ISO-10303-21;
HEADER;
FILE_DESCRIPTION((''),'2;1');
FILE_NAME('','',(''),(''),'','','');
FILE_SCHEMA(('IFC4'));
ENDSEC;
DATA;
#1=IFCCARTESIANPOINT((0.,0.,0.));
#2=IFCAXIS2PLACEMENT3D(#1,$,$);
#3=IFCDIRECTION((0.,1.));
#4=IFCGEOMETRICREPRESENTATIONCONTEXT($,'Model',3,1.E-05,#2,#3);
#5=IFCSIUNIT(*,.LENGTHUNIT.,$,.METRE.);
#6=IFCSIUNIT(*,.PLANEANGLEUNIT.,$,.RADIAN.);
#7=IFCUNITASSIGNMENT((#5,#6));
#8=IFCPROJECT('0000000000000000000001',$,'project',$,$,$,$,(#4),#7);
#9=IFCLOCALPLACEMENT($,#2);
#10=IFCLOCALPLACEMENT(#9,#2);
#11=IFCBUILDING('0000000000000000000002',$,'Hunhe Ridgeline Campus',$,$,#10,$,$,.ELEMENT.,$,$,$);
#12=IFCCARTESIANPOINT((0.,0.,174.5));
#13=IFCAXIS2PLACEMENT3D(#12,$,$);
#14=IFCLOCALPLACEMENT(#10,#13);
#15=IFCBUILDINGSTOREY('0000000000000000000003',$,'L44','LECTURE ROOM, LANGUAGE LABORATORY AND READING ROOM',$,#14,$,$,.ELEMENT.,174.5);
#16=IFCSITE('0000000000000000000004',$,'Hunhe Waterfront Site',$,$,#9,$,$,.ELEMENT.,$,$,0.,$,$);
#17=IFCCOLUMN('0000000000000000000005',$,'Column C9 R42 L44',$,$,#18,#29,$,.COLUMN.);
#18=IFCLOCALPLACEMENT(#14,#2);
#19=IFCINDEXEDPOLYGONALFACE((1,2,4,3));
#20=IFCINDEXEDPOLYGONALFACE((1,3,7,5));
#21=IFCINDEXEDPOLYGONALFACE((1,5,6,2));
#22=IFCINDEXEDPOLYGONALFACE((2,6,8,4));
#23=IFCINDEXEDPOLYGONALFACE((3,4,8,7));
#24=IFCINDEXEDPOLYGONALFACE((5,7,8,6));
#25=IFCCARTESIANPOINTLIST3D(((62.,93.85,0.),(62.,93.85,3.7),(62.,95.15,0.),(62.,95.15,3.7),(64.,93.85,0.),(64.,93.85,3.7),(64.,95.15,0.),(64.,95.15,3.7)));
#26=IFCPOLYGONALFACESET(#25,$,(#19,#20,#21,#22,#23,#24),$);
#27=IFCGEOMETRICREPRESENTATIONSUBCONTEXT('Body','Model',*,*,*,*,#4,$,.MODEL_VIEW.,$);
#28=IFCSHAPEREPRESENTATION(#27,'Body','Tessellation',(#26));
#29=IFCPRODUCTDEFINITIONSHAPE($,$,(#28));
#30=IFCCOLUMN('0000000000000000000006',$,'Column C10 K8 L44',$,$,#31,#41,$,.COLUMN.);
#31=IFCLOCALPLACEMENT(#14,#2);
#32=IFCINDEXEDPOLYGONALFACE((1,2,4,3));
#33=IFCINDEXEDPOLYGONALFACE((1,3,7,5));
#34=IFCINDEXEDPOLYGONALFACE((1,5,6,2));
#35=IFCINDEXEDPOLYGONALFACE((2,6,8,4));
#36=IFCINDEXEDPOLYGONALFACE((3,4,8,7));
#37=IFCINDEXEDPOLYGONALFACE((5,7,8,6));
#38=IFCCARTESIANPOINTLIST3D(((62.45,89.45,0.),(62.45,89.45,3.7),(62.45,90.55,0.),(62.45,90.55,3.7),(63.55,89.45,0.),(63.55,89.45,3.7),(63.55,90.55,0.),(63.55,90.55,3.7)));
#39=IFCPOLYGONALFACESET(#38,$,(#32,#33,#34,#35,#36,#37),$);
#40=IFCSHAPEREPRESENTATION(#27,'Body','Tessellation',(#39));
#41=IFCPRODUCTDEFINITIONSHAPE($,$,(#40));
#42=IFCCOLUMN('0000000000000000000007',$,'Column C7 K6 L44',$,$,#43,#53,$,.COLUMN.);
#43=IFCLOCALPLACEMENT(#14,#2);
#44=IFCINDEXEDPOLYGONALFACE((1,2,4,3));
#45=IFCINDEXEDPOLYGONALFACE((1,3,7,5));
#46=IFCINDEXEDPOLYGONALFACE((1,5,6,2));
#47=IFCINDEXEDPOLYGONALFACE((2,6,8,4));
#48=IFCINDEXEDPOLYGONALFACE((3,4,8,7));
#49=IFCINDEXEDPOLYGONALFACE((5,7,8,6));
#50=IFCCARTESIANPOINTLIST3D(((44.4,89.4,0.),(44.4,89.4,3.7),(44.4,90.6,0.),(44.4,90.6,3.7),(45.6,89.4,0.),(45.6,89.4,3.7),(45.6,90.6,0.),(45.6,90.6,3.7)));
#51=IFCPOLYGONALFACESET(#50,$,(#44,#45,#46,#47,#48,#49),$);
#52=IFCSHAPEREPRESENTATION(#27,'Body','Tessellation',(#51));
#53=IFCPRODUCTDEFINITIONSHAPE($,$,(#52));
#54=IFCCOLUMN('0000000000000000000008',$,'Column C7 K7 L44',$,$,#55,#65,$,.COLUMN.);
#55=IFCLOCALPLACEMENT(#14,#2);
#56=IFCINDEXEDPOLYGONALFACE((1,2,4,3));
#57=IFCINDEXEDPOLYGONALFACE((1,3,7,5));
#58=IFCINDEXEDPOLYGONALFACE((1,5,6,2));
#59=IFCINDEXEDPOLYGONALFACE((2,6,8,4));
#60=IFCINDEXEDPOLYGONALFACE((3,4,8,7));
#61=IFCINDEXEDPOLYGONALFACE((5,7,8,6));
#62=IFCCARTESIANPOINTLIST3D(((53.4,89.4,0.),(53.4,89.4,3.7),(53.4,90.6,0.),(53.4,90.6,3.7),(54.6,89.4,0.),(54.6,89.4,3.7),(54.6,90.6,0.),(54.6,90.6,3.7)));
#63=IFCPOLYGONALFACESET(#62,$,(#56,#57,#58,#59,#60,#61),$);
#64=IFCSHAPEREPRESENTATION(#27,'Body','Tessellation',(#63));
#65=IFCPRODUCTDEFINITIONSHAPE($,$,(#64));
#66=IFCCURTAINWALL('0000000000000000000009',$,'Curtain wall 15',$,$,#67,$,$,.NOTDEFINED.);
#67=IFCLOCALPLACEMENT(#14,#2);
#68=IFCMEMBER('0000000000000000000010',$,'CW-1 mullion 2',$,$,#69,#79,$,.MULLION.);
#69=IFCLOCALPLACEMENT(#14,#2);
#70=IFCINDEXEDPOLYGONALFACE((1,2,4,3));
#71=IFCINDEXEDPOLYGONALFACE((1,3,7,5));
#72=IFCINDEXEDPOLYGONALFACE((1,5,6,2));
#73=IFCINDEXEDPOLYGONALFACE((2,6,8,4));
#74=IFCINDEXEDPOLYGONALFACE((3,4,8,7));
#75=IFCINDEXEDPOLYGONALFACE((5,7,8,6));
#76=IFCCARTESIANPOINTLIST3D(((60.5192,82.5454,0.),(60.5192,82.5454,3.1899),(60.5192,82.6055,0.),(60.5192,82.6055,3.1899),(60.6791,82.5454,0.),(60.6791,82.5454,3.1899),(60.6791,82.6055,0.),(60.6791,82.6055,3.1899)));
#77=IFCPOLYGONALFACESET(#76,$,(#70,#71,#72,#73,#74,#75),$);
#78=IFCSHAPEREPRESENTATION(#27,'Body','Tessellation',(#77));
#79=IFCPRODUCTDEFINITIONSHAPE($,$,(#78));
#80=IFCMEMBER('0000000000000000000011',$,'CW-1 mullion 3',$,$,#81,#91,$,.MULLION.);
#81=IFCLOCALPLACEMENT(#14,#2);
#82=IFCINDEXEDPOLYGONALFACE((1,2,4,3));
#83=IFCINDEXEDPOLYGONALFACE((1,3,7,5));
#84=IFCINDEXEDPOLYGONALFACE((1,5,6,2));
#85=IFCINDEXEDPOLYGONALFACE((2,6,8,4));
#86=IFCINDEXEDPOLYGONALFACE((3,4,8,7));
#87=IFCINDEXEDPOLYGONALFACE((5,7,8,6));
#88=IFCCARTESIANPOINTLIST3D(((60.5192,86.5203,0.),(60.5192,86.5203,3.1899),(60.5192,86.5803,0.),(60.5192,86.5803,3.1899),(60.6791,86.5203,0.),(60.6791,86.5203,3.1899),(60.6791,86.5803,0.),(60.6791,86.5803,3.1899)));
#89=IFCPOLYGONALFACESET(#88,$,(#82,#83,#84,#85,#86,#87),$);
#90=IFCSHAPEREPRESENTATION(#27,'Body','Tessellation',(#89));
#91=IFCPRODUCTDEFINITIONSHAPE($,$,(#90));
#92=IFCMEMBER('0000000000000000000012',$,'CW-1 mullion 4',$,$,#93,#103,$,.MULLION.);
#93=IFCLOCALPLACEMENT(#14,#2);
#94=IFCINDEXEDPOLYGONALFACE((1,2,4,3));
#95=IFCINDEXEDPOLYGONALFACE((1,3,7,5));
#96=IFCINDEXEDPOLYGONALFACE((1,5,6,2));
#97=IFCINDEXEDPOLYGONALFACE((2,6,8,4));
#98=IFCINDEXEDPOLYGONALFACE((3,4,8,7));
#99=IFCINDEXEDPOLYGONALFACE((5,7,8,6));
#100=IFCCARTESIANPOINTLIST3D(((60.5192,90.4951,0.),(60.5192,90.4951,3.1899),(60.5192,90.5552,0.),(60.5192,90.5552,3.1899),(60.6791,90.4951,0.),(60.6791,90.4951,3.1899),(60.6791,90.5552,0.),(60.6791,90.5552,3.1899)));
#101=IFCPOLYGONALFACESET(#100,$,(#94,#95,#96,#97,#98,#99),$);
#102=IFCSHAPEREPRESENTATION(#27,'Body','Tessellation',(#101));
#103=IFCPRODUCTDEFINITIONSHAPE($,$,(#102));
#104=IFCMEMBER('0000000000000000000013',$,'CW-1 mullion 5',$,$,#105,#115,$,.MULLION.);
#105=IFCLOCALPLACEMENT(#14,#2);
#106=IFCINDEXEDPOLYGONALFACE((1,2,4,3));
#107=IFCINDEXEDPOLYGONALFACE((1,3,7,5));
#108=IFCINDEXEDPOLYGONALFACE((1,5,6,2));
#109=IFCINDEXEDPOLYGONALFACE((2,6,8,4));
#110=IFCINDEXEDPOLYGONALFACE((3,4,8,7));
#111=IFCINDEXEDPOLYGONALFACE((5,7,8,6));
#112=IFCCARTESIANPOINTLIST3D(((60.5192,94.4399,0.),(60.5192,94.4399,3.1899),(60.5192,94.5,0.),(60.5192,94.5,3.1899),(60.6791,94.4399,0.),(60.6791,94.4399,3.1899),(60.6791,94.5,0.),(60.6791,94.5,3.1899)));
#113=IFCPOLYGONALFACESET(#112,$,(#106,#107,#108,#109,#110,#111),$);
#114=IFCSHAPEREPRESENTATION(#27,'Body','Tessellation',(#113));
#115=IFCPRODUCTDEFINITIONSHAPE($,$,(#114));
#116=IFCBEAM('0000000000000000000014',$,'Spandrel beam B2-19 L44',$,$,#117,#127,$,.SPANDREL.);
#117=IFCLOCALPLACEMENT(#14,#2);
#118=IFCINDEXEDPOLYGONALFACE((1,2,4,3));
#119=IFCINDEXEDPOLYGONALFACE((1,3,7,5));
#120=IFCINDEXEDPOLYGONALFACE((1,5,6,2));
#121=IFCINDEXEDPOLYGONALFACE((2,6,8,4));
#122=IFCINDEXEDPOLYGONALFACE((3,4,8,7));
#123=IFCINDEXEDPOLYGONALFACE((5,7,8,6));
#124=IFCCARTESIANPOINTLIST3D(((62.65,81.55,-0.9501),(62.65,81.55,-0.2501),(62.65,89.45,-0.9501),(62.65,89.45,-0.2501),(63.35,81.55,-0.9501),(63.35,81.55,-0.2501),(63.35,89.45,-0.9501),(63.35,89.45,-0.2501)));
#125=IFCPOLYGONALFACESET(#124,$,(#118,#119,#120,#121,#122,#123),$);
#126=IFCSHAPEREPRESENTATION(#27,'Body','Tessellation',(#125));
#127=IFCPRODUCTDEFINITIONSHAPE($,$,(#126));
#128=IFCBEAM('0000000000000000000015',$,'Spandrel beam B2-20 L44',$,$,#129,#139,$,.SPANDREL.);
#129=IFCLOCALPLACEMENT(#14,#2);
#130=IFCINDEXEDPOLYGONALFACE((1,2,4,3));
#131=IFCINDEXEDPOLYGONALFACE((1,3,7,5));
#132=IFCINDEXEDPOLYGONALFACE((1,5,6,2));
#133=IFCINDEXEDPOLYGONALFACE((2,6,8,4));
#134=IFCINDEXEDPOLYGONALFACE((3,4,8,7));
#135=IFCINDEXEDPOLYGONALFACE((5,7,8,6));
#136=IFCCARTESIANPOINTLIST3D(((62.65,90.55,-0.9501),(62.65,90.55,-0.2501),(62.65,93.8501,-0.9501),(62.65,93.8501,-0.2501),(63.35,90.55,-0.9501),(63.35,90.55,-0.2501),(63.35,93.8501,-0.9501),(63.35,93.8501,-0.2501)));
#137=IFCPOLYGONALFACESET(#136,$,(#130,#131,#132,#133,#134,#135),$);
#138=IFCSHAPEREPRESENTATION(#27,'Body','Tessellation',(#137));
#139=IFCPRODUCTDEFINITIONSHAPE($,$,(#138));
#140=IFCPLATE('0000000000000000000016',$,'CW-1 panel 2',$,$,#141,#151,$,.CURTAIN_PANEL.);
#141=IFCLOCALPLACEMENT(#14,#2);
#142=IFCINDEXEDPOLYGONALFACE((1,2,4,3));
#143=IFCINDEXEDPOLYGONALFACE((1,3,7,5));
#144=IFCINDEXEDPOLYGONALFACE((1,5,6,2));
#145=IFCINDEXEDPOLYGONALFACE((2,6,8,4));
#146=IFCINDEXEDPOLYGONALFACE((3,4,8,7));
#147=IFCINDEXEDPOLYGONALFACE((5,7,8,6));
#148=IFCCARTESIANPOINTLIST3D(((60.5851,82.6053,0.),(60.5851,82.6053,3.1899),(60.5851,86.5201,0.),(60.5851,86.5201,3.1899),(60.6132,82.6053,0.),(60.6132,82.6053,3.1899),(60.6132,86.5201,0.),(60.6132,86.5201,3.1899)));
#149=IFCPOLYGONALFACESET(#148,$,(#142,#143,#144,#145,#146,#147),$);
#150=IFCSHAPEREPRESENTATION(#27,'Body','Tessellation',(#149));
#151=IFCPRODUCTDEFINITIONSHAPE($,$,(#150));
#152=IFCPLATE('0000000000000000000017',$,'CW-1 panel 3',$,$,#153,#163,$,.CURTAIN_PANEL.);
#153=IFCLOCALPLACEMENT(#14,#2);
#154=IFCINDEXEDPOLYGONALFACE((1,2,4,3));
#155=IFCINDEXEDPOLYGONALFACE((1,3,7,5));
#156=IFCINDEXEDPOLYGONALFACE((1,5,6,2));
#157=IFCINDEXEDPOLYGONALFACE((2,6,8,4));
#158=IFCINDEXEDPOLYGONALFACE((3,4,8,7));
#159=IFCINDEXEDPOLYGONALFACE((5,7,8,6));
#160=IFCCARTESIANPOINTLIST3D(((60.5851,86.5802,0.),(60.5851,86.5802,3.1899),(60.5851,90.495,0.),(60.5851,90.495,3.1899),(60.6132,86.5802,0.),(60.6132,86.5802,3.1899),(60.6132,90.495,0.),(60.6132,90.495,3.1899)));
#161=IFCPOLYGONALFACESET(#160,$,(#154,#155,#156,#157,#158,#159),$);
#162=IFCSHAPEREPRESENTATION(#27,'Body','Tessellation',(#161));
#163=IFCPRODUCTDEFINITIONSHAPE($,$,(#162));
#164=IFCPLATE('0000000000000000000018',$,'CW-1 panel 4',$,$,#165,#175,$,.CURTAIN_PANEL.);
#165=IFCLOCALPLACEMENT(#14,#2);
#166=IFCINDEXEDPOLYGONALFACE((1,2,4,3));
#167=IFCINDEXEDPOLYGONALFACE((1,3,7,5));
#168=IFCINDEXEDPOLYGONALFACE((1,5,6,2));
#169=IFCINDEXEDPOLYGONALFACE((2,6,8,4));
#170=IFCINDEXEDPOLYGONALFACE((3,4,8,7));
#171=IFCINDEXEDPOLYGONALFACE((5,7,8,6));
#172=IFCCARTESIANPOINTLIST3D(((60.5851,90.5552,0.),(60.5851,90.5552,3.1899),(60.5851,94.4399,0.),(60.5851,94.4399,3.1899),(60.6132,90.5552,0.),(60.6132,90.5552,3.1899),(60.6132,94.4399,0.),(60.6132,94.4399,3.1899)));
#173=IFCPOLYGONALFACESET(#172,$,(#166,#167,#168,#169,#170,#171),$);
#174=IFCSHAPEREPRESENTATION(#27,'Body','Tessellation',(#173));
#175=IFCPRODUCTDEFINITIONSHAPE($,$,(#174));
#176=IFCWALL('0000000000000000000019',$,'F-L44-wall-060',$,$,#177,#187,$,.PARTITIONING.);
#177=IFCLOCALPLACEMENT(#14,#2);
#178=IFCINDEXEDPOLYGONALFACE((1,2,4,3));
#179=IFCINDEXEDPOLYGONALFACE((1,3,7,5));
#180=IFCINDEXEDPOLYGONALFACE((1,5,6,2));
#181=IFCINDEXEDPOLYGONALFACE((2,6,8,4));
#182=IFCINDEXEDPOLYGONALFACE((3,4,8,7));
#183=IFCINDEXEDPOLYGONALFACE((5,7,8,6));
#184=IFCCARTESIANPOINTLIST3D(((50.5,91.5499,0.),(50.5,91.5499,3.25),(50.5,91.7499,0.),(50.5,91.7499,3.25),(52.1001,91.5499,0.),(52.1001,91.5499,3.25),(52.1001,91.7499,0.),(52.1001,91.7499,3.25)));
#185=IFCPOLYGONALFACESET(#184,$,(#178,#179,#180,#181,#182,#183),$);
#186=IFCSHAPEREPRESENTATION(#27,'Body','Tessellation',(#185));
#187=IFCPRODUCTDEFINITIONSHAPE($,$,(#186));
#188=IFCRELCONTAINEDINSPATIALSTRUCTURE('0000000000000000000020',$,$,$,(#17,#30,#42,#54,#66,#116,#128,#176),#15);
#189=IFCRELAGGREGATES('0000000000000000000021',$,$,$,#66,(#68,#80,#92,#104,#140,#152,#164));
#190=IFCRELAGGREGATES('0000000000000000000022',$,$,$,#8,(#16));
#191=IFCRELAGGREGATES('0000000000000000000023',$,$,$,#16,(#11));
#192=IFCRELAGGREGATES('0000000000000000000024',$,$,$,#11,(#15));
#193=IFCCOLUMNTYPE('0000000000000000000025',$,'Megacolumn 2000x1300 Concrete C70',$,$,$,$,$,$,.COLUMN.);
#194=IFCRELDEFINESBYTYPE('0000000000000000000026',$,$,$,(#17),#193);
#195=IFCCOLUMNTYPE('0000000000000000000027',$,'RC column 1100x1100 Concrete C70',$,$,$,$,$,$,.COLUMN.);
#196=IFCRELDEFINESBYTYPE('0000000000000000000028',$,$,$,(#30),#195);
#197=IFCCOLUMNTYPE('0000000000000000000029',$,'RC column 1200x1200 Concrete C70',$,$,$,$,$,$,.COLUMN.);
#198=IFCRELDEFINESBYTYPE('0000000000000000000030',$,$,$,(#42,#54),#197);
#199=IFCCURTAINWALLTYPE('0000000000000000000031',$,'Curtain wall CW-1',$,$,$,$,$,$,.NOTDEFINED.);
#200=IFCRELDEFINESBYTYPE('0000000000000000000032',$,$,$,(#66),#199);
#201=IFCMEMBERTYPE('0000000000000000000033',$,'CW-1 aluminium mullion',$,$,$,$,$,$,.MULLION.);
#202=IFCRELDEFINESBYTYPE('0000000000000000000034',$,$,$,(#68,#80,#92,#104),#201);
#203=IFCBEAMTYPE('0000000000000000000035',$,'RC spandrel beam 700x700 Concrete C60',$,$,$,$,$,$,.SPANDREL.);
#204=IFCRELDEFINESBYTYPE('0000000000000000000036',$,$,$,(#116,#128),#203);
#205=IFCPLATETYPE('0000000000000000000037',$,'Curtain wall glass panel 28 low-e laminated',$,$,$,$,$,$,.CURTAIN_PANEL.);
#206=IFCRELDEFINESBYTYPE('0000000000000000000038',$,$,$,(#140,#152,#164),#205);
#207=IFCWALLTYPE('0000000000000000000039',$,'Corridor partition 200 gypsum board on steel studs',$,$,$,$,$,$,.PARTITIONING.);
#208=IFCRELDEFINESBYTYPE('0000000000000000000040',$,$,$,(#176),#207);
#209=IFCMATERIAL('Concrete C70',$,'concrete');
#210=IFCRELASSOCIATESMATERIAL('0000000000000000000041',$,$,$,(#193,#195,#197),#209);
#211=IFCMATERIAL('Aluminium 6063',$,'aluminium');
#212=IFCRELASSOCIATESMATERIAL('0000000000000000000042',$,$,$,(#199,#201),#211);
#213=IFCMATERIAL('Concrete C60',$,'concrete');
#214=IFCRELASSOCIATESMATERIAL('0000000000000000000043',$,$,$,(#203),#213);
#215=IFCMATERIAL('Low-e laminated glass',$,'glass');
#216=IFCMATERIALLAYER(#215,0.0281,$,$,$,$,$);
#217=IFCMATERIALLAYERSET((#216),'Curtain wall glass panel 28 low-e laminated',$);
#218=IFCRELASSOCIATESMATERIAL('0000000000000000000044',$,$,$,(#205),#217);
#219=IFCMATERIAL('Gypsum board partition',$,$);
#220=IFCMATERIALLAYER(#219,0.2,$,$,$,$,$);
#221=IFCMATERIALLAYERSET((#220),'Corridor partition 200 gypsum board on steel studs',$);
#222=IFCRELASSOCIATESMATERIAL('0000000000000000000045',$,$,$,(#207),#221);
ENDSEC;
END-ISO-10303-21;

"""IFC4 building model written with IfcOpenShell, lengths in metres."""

from ifc_helpers import new_model, si_unit, direction, frame, frame_2d, origin, origin_2d, place, context, subcontext, project, spatial, rectangle, extrude, material, layer, layer_set, material_profile, profile_set, type_object, element, aggregate, save


model = new_model("IFC4")

# Units and contexts
model_context = context("Model", 3, precision=1e-05, world=origin(), true_north=direction((0.0, 1.0)))
body_context = subcontext(model_context, "Body", "Model", "MODEL_VIEW")
ifc_project = project(units=[si_unit("LENGTHUNIT", "METRE"), si_unit("PLANEANGLEUNIT", "RADIAN")], contexts=[model_context])

# Site, building, storey
site_placement = place(None, origin())
site = spatial("IfcSite", under=ifc_project, at=site_placement, Name="Hunhe Waterfront Site", CompositionType="ELEMENT", RefElevation=0.0)
building_placement = place(site_placement, origin())
building = spatial("IfcBuilding", under=site, at=building_placement, Name="Hunhe Ridgeline Campus", CompositionType="ELEMENT")
storey_placement = place(building_placement, frame((0.0, 0.0, 174.5)))
storey = spatial("IfcBuildingStorey", under=building, at=storey_placement, Name="L44", Description="LECTURE ROOM, LANGUAGE LABORATORY AND READING ROOM", CompositionType="ELEMENT", Elevation=174.5)

# Columns
ifc_material_1 = material(Name="Concrete C70", Category="concrete")
ifc_material_profile_1 = material_profile(ifc_material_1, rectangle(XDim=2.0, YDim=1.3, at=origin_2d()))
ifc_profile_set_1 = profile_set([ifc_material_profile_1], Name="Concrete C70")
column_type_1 = type_object("IfcColumnType", Name="Megacolumn 2000x1300 Concrete C70", PredefinedType="COLUMN", material=ifc_profile_set_1)
column_1_placement = place(storey_placement, frame((63.0, 94.5, 0.0), z_axis=(0.0, 0.0, 1.0), x_axis=(1.0, 0.0, 0.0)))
element("IfcColumn", 1, at=column_1_placement, inside=storey, type_object=column_type_1, Name="Column C9 R42 L44", PredefinedType="COLUMN", context=body_context, shape_type="SweptSolid", body=[
    extrude(rectangle(XDim=2.0, YDim=1.3, at=origin_2d()), origin(), (0.0, 0.0, 1.0), 3.7),
])
ifc_material_profile_2 = material_profile(ifc_material_1, rectangle(XDim=1.1001, YDim=1.1001, at=origin_2d()))
ifc_profile_set_2 = profile_set([ifc_material_profile_2], Name="Concrete C70")
column_type_2 = type_object("IfcColumnType", Name="RC column 1100x1100 Concrete C70", PredefinedType="COLUMN", material=ifc_profile_set_2)
column_2_placement = place(storey_placement, frame((63.0, 90.0, 0.0), z_axis=(0.0, 0.0, 1.0), x_axis=(1.0, 0.0, 0.0)))
element("IfcColumn", 2, at=column_2_placement, inside=storey, type_object=column_type_2, Name="Column C10 K8 L44", PredefinedType="COLUMN", context=body_context, shape_type="SweptSolid", body=[
    extrude(rectangle(XDim=1.1001, YDim=1.1001, at=origin_2d()), origin(), (0.0, 0.0, 1.0), 3.7),
])
ifc_material_profile_3 = material_profile(ifc_material_1, rectangle(XDim=1.2, YDim=1.2, at=origin_2d()))
ifc_profile_set_3 = profile_set([ifc_material_profile_3], Name="Concrete C70")
column_type_3 = type_object("IfcColumnType", Name="RC column 1200x1200 Concrete C70", PredefinedType="COLUMN", material=ifc_profile_set_3)
for number, where, z_axis, x_axis, name in (
    (3, (45.0, 90.0, 0.0), (0.0, 0.0, 1.0), (1.0, 0.0, 0.0), "Column C7 K6 L44"),
    (4, (54.0, 90.0, 0.0), (0.0, 0.0, 1.0), (1.0, 0.0, 0.0), "Column C7 K7 L44"),
):
    element("IfcColumn", number, at=place(storey_placement, frame(where, z_axis=z_axis, x_axis=x_axis)), inside=storey, type_object=column_type_3, Name=name, PredefinedType="COLUMN", context=body_context, shape_type="SweptSolid", body=[
        extrude(rectangle(XDim=1.2, YDim=1.2, at=origin_2d()), origin(), (0.0, 0.0, 1.0), 3.7),
    ])

# Curtain wall, members
ifc_material_2 = material(Name="Aluminium 6063", Category="aluminium")
curtain_wall_type = type_object("IfcCurtainWallType", Name="Curtain wall CW-1", PredefinedType="NOTDEFINED", material=ifc_material_2)
curtain_wall_placement = place(storey_placement, origin())
curtain_wall = element("IfcCurtainWall", 5, at=curtain_wall_placement, inside=storey, type_object=curtain_wall_type, Name="Curtain wall 15", PredefinedType="NOTDEFINED")
ifc_material_profile_4 = material_profile(ifc_material_2, rectangle(XDim=0.1599, YDim=0.0601, at=origin_2d()))
ifc_profile_set_4 = profile_set([ifc_material_profile_4], Name="Aluminium 6063")
member_type = type_object("IfcMemberType", Name="CW-1 aluminium mullion", PredefinedType="MULLION", material=ifc_profile_set_4)
member_1_placement = place(storey_placement, frame((60.5991, 82.5754, 0.0), z_axis=(0.0, 0.0, 1.0), x_axis=(-1.0, 0.0, 0.0)))
member_1 = element("IfcMember", 6, at=member_1_placement, type_object=member_type, Name="CW-1 mullion 2", PredefinedType="MULLION", context=body_context, shape_type="SweptSolid", body=[
    extrude(rectangle(XDim=0.1599, YDim=0.0601, at=origin_2d()), origin(), (0.0, 0.0, 1.0), 3.1899),
])
member_2_placement = place(storey_placement, frame((60.5991, 86.5503, 0.0), z_axis=(0.0, 0.0, 1.0), x_axis=(-1.0, 0.0, 0.0)))
member_2 = element("IfcMember", 7, at=member_2_placement, type_object=member_type, Name="CW-1 mullion 3", PredefinedType="MULLION", context=body_context, shape_type="SweptSolid", body=[
    extrude(rectangle(XDim=0.1599, YDim=0.0601, at=origin_2d()), origin(), (0.0, 0.0, 1.0), 3.1899),
])
member_3_placement = place(storey_placement, frame((60.5991, 90.5251, 0.0), z_axis=(0.0, 0.0, 1.0), x_axis=(-1.0, 0.0, 0.0)))
member_3 = element("IfcMember", 8, at=member_3_placement, type_object=member_type, Name="CW-1 mullion 4", PredefinedType="MULLION", context=body_context, shape_type="SweptSolid", body=[
    extrude(rectangle(XDim=0.1599, YDim=0.0601, at=origin_2d()), origin(), (0.0, 0.0, 1.0), 3.1899),
])
member_4_placement = place(storey_placement, frame((60.5991, 94.47, 0.0), z_axis=(0.0, 0.0, 1.0), x_axis=(-1.0, 0.0, 0.0)))
member_4 = element("IfcMember", 9, at=member_4_placement, type_object=member_type, Name="CW-1 mullion 5", PredefinedType="MULLION", context=body_context, shape_type="SweptSolid", body=[
    extrude(rectangle(XDim=0.1599, YDim=0.0601, at=origin_2d()), origin(), (0.0, 0.0, 1.0), 3.1899),
])

# Beams
ifc_material_3 = material(Name="Concrete C60", Category="concrete")
ifc_material_profile_5 = material_profile(ifc_material_3, rectangle(XDim=0.7, YDim=0.7, at=origin_2d()))
ifc_profile_set_5 = profile_set([ifc_material_profile_5], Name="Concrete C60")
beam_type = type_object("IfcBeamType", Name="RC spandrel beam 700x700 Concrete C60", PredefinedType="SPANDREL", material=ifc_profile_set_5)
beam_1_placement = place(storey_placement, frame((63.0, 81.55, -0.6001), z_axis=(0.0, 1.0, 0.0), x_axis=(-1.0, 0.0, 0.0)))
element("IfcBeam", 10, at=beam_1_placement, inside=storey, type_object=beam_type, Name="Spandrel beam B2-19 L44", PredefinedType="SPANDREL", context=body_context, shape_type="SweptSolid", body=[
    extrude(rectangle(XDim=0.7, YDim=0.7, at=origin_2d()), origin(), (0.0, 0.0, 1.0), 7.8999),
])
beam_2_placement = place(storey_placement, frame((63.0, 90.55, -0.6001), z_axis=(0.0, 1.0, 0.0), x_axis=(-1.0, 0.0, 0.0)))
element("IfcBeam", 11, at=beam_2_placement, inside=storey, type_object=beam_type, Name="Spandrel beam B2-20 L44", PredefinedType="SPANDREL", context=body_context, shape_type="SweptSolid", body=[
    extrude(rectangle(XDim=0.7, YDim=0.7, at=origin_2d()), origin(), (0.0, 0.0, 1.0), 3.3),
])

# Plates
ifc_material_4 = material(Name="Low-e laminated glass", Category="glass")
ifc_layer_1 = layer(ifc_material_4, 0.0281)
ifc_layer_set_1 = layer_set([ifc_layer_1], Name="Curtain wall glass panel 28 low-e laminated")
plate_type = type_object("IfcPlateType", Name="Curtain wall glass panel 28 low-e laminated", PredefinedType="CURTAIN_PANEL", material=ifc_layer_set_1)
plate_1_placement = place(storey_placement, frame((60.5991, 84.5627, 0.0), z_axis=(0.0, 0.0, 1.0), x_axis=(0.0, 1.0, 0.0)))
plate_1 = element("IfcPlate", 12, at=plate_1_placement, type_object=plate_type, Name="CW-1 panel 2", PredefinedType="CURTAIN_PANEL", context=body_context, shape_type="SweptSolid", body=[
    extrude(rectangle(XDim=3.9148, YDim=0.0281, at=origin_2d()), origin(), (0.0, 0.0, 1.0), 3.1899),
])
plate_2_placement = place(storey_placement, frame((60.5991, 88.5376, 0.0), z_axis=(0.0, 0.0, 1.0), x_axis=(0.0, 1.0, 0.0)))
plate_2 = element("IfcPlate", 13, at=plate_2_placement, type_object=plate_type, Name="CW-1 panel 3", PredefinedType="CURTAIN_PANEL", context=body_context, shape_type="SweptSolid", body=[
    extrude(rectangle(XDim=3.9148, YDim=0.0281, at=origin_2d()), origin(), (0.0, 0.0, 1.0), 3.1899),
])
plate_3_placement = place(storey_placement, frame((60.5991, 92.4976, 0.0), z_axis=(0.0, 0.0, 1.0), x_axis=(0.0, 1.0, 0.0)))
plate_3 = element("IfcPlate", 14, at=plate_3_placement, type_object=plate_type, Name="CW-1 panel 4", PredefinedType="CURTAIN_PANEL", context=body_context, shape_type="SweptSolid", body=[
    extrude(rectangle(XDim=3.8848, YDim=0.0281, at=origin_2d()), origin(), (0.0, 0.0, 1.0), 3.1899),
])
aggregate(curtain_wall, [member_1, member_2, member_3, member_4, plate_1, plate_2, plate_3])

# Wall
ifc_material_5 = material(Name="Gypsum board partition")
ifc_layer_2 = layer(ifc_material_5, 0.2)
ifc_layer_set_2 = layer_set([ifc_layer_2], Name="Corridor partition 200 gypsum board on steel studs")
wall_type_1 = type_object("IfcWallType", Name="Corridor partition 200 gypsum board on steel studs", PredefinedType="PARTITIONING", material=ifc_layer_set_2)
wall_1_placement = place(storey_placement, frame((52.1001, 91.6499, 0.0), z_axis=(0.0, 0.0, 1.0), x_axis=(-1.0, 0.0, 0.0)))
element("IfcWall", 15, at=wall_1_placement, inside=storey, type_object=wall_type_1, Name="F-L44-wall-060", PredefinedType="PARTITIONING", context=body_context, shape_type="SweptSolid", body=[
    extrude(rectangle(XDim=1.6001, YDim=0.2, at=frame_2d((0.8, 0.0))), origin(), (0.0, 0.0, 1.0), 3.25),
])

save(model, "model.ifc")
